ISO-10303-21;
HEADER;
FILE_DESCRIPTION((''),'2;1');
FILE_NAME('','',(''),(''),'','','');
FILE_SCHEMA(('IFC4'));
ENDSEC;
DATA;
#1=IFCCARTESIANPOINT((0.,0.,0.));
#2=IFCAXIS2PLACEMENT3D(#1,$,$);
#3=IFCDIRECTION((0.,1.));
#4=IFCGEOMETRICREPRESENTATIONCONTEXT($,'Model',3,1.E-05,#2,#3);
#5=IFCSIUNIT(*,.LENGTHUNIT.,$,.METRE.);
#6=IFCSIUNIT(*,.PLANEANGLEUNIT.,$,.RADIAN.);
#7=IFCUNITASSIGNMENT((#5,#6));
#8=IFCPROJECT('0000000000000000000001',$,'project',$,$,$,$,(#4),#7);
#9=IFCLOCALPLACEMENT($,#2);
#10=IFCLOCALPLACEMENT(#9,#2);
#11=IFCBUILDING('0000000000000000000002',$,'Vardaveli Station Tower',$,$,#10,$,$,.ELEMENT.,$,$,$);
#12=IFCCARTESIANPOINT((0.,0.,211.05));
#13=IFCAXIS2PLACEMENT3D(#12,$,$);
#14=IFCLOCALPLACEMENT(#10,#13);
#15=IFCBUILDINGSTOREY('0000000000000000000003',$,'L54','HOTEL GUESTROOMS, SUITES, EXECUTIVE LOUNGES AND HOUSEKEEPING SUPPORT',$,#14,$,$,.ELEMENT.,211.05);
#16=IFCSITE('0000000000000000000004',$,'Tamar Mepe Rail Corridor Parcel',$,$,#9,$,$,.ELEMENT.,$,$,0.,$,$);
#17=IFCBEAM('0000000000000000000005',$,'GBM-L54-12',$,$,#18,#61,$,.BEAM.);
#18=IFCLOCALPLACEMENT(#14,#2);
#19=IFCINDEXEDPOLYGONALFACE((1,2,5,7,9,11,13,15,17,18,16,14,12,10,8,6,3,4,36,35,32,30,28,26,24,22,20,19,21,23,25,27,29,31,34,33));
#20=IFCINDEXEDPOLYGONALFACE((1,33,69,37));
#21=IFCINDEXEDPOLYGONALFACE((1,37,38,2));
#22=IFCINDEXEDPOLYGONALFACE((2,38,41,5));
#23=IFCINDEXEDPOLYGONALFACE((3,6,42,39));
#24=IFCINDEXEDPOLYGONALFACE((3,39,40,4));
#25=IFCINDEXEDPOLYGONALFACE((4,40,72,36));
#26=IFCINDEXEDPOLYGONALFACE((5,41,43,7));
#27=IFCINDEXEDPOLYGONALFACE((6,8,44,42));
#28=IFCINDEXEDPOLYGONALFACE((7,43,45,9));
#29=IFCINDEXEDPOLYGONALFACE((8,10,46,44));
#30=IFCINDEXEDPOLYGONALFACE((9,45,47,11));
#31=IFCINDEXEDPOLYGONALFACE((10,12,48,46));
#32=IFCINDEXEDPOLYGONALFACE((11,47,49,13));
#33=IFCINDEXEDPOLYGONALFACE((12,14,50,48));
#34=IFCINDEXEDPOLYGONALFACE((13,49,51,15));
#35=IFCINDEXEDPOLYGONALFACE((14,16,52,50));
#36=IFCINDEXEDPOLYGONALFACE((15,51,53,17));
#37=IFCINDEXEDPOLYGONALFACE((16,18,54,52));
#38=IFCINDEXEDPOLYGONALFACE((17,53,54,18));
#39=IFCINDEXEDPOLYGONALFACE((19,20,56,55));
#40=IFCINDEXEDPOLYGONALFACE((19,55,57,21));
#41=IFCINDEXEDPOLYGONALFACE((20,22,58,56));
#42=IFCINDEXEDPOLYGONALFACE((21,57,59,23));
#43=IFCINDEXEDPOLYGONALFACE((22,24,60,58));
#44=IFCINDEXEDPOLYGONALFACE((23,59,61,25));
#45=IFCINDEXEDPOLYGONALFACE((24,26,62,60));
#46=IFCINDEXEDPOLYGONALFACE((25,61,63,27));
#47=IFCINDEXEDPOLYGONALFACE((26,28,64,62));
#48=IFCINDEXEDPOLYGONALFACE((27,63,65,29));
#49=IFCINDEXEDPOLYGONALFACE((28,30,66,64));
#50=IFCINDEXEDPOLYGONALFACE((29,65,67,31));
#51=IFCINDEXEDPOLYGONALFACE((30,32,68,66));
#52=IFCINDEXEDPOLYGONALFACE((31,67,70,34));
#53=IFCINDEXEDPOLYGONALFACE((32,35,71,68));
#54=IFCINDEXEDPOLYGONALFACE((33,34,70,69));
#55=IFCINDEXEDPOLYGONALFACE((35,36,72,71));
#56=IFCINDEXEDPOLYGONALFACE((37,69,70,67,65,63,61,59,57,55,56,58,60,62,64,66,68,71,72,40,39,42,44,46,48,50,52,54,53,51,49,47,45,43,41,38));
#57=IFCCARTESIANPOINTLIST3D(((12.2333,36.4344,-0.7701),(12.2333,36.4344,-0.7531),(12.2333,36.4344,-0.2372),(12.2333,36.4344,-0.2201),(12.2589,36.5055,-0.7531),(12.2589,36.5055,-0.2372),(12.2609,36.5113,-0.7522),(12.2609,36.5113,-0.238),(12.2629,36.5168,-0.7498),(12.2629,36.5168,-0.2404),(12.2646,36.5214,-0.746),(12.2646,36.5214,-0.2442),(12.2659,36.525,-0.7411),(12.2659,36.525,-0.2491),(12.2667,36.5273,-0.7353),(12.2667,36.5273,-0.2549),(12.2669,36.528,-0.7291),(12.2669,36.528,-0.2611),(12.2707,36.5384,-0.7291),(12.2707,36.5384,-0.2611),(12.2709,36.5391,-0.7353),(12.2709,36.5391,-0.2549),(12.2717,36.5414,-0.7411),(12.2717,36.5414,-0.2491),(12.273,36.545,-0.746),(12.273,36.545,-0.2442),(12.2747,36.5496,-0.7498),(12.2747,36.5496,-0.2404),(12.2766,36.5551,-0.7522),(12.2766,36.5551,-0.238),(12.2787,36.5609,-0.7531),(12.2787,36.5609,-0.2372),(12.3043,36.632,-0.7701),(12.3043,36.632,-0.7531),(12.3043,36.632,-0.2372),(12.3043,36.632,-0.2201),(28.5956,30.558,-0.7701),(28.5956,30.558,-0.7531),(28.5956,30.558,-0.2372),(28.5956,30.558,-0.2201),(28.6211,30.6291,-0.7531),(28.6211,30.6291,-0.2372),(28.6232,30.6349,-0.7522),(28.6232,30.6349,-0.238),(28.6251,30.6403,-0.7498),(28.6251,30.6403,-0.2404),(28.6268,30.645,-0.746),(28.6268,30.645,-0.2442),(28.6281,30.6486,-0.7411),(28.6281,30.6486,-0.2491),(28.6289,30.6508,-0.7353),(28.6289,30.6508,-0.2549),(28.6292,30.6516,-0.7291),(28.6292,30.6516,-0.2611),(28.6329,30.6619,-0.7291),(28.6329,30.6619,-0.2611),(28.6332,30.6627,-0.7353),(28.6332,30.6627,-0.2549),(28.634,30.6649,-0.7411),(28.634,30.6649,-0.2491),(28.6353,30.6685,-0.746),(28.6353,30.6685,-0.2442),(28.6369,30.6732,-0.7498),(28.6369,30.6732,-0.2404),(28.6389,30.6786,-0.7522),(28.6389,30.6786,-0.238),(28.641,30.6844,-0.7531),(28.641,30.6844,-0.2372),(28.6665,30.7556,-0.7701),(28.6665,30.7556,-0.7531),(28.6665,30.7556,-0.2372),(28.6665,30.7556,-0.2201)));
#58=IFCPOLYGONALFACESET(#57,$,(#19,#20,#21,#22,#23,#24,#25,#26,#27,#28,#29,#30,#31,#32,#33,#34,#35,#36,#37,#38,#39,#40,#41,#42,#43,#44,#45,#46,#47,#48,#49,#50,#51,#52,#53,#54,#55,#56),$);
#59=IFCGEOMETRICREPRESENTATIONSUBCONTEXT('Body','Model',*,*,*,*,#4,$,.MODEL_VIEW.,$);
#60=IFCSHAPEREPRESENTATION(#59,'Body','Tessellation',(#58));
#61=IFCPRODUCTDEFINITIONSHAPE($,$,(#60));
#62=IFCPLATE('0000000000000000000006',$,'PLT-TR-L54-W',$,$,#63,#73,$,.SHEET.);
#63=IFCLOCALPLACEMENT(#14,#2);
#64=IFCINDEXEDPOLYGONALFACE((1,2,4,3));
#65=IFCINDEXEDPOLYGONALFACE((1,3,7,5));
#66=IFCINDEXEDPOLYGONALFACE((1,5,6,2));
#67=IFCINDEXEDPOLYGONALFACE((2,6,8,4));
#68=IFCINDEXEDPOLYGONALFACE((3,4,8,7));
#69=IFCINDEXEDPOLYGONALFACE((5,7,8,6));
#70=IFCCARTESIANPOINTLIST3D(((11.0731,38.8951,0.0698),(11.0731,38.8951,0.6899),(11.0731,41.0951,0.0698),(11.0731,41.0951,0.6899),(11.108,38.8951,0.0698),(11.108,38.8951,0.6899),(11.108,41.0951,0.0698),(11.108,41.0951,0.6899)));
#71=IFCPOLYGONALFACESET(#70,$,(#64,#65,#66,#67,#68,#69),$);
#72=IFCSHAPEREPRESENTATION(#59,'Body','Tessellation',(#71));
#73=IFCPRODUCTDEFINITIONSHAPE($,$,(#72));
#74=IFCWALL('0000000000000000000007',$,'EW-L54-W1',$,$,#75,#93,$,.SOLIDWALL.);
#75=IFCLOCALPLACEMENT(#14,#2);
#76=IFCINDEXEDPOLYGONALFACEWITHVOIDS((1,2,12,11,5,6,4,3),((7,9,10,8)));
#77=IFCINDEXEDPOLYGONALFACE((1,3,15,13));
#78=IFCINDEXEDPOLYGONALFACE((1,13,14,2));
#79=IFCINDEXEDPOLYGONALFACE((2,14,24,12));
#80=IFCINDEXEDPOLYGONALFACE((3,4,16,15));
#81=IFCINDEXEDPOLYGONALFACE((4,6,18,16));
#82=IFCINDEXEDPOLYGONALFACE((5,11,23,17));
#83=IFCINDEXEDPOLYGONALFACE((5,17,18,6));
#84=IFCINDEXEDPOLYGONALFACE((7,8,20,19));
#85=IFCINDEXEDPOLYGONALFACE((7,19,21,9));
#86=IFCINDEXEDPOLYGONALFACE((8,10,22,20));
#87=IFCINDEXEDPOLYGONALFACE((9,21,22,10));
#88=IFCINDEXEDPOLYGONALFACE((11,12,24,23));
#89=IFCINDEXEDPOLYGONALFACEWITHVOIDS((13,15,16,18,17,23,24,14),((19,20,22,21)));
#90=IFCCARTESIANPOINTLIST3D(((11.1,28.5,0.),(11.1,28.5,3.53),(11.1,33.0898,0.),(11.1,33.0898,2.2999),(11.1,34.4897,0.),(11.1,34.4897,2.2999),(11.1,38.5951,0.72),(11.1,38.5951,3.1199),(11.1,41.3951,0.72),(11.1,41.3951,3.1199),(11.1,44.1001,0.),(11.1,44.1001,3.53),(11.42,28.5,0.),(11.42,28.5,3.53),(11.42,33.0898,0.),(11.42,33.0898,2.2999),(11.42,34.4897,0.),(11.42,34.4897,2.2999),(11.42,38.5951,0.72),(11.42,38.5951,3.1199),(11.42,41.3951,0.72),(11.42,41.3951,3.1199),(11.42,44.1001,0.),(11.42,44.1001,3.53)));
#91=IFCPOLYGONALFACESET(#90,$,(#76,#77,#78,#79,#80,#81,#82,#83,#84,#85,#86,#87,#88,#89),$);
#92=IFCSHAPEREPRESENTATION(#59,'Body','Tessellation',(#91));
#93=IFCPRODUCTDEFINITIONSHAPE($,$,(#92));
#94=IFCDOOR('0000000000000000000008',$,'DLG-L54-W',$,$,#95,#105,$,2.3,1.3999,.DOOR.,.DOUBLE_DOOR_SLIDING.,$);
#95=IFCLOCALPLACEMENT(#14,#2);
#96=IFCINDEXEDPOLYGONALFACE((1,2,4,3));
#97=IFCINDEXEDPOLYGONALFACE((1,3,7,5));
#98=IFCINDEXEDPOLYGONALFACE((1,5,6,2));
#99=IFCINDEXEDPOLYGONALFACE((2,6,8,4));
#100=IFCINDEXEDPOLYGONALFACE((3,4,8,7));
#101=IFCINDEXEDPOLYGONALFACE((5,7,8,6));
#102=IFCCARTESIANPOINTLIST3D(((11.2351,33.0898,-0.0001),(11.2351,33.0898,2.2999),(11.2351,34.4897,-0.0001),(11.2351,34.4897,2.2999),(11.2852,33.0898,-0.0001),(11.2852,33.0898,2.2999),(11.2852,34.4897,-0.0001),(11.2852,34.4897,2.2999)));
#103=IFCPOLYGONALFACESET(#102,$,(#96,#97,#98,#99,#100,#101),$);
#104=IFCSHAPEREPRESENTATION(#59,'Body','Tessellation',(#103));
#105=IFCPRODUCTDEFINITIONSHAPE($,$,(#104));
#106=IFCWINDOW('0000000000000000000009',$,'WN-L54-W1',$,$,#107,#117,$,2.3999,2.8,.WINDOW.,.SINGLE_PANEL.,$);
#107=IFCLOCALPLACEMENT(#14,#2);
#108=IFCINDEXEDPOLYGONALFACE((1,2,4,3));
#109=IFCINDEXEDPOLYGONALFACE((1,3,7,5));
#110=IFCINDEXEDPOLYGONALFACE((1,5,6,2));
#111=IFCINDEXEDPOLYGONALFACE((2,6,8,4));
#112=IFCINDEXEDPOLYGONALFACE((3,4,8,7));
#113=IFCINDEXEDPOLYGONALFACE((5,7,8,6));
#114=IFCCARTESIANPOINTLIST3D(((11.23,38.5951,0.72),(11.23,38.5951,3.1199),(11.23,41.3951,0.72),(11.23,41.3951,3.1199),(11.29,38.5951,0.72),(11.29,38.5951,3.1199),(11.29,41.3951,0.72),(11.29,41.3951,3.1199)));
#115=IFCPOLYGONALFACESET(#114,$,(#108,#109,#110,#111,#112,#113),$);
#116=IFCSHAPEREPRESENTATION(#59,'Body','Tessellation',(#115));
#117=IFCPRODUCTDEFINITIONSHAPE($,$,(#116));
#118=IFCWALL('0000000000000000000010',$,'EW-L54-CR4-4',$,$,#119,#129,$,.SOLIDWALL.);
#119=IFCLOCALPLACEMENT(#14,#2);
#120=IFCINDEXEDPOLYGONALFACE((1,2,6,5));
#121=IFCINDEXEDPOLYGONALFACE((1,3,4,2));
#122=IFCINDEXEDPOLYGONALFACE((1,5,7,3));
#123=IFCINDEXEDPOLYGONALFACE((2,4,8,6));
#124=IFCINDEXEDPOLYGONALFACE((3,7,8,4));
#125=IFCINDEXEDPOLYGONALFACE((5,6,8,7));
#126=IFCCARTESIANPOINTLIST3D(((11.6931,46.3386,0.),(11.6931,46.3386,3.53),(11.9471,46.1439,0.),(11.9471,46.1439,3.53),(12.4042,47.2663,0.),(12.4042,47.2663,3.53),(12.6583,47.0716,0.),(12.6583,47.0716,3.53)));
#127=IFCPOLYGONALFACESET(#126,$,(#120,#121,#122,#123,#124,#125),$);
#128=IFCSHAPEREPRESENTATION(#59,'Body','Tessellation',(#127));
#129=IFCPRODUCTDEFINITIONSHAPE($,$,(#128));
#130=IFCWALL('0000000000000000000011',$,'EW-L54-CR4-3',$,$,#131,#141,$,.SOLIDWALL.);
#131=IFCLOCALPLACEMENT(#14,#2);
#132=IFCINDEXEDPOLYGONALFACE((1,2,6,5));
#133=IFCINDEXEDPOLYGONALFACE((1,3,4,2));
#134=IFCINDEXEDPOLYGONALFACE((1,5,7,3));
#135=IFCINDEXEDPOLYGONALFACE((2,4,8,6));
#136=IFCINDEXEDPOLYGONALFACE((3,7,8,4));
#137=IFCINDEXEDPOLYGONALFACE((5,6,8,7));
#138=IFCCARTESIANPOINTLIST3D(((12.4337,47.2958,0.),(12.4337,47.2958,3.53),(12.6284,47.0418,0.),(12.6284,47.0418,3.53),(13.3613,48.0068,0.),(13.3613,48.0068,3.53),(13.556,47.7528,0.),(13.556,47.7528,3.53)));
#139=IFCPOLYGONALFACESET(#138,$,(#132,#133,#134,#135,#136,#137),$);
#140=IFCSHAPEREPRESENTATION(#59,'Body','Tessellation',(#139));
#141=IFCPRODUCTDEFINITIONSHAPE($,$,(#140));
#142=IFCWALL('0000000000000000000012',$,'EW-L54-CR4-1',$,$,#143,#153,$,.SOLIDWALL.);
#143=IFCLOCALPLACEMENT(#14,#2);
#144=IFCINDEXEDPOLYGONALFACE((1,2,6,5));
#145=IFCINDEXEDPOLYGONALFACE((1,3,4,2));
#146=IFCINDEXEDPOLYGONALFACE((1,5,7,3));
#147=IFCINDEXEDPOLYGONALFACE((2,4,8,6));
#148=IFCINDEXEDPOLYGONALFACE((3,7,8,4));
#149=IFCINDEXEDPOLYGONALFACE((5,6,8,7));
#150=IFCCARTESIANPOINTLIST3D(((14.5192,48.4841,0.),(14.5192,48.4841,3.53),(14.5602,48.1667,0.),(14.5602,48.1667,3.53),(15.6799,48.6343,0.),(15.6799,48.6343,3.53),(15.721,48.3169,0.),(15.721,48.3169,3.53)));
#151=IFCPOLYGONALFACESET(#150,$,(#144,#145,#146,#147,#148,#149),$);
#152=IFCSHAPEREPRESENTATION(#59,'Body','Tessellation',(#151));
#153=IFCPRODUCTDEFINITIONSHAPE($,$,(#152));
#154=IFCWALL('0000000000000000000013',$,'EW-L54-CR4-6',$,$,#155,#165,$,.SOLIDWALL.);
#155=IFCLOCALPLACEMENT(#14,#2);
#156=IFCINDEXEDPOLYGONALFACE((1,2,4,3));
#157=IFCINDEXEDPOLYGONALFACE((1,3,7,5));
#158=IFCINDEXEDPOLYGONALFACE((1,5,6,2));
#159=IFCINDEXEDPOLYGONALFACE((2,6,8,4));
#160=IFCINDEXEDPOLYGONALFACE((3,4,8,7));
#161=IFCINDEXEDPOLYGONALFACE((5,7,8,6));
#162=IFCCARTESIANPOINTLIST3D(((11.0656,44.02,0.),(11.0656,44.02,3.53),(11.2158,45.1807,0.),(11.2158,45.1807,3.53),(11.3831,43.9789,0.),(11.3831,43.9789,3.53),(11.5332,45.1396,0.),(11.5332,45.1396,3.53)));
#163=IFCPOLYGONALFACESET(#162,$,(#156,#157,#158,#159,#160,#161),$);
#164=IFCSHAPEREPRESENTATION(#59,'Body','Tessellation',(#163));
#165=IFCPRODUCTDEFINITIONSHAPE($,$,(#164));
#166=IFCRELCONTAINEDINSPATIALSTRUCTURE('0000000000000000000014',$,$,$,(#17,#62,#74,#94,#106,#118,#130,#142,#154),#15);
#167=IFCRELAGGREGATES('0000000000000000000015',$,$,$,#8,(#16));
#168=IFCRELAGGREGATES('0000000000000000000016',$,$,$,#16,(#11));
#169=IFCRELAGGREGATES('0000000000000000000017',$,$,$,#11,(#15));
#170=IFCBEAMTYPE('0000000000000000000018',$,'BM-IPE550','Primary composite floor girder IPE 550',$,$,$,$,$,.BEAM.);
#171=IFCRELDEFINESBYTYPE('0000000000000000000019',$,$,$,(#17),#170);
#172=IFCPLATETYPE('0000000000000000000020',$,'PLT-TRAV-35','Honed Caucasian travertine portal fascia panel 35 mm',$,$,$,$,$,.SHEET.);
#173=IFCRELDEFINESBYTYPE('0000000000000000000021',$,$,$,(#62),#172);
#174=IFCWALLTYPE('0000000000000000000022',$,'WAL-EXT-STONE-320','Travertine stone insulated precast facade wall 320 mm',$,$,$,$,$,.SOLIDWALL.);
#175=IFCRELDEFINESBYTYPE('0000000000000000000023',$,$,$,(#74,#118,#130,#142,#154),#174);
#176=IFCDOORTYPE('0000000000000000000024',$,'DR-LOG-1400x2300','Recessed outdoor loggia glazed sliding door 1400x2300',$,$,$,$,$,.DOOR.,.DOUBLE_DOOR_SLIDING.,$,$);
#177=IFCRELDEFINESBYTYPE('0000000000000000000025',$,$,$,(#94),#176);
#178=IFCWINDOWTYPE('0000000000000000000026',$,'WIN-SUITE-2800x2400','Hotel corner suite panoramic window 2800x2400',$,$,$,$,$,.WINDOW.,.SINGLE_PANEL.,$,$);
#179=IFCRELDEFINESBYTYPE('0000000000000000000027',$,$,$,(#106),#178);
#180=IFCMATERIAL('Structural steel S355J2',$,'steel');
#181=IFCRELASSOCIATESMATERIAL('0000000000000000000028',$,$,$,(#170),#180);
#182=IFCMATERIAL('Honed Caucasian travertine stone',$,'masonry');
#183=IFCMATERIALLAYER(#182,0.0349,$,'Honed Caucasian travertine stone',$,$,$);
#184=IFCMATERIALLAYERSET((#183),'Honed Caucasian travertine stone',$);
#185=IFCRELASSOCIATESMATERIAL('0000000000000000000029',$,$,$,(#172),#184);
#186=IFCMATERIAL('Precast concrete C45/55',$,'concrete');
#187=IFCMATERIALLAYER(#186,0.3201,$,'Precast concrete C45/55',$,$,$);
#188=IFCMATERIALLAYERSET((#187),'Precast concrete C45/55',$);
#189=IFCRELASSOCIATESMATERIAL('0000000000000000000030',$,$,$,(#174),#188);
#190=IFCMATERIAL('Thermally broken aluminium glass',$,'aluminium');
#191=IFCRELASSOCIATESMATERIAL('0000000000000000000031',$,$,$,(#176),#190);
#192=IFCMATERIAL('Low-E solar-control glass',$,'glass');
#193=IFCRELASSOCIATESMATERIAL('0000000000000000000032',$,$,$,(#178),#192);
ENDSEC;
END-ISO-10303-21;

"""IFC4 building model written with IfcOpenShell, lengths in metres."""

from ifc_helpers import new_model, si_unit, direction, frame, frame_2d, origin, origin_2d, place, context, subcontext, project, spatial, rectangle, i_section, extrude, source, transform, mapped, material, layer, layer_set, material_profile, profile_set, type_object, element, fill, save


model = new_model("IFC4")

# Units and contexts
model_context = context("Model", 3, precision=1e-05, world=origin(), true_north=direction((0.0, 1.0)))
body_context = subcontext(model_context, "Body", "Model", "MODEL_VIEW")
ifc_project = project(units=[si_unit("LENGTHUNIT", "METRE"), si_unit("PLANEANGLEUNIT", "RADIAN")], contexts=[model_context])

# Site, building, storey
site_placement = place(None, origin())
site = spatial("IfcSite", under=ifc_project, at=site_placement, Name="Tamar Mepe Rail Corridor Parcel", CompositionType="ELEMENT", RefElevation=0.0)
building_placement = place(site_placement, origin())
building = spatial("IfcBuilding", under=site, at=building_placement, Name="Vardaveli Station Tower", CompositionType="ELEMENT")
storey_placement = place(building_placement, frame((0.0, 0.0, 211.05)))
storey = spatial("IfcBuildingStorey", under=building, at=storey_placement, Name="L54", Description="HOTEL GUESTROOMS, SUITES, EXECUTIVE LOUNGES AND HOUSEKEEPING SUPPORT", CompositionType="ELEMENT", Elevation=211.05)

# Beam
ifc_material_1 = material(Name="Precast concrete C45/55", Category="concrete")
ifc_material_2 = material(Name="Structural steel S355J2", Category="steel")
ifc_material_profile_1 = material_profile(ifc_material_2, i_section(OverallWidth=0.21, OverallDepth=0.55, WebThickness=0.011, FlangeThickness=0.0171, FilletRadius=0.0239, at=origin_2d()), Name="IPE 550")
ifc_profile_set_1 = profile_set([ifc_material_profile_1], Name="Structural steel S355J2")
beam_type_1 = type_object("IfcBeamType", Name="BM-IPE550", Description="Primary composite floor girder IPE 550", PredefinedType="BEAM", material=ifc_profile_set_1)
shared_shape_1 = source(origin(), body_context, "Body", "SweptSolid", [
    extrude(i_section(OverallWidth=0.21, OverallDepth=0.55, WebThickness=0.011, FlangeThickness=0.0171, FilletRadius=0.0239, at=origin_2d()), origin(), (0.0, 0.0, 1.0), 17.3855),
])
beam_1_placement = place(storey_placement, frame((12.2688, 36.5332, -0.4951), z_axis=(0.941143, -0.338008, 0.0), x_axis=(0.338008, 0.941143, 0.0)))
element("IfcBeam", 1, at=beam_1_placement, inside=storey, type_object=beam_type_1, Name="GBM-L54-12", PredefinedType="BEAM", context=body_context, shape_type="MappedRepresentation", body=[
    mapped(shared_shape_1, transform((0.0, 0.0, 0.0), scale=1.0)),
])

# Plate
ifc_material_3 = material(Name="Honed Caucasian travertine stone", Category="masonry")
ifc_layer_1 = layer(ifc_material_3, 0.0349, Name="Honed Caucasian travertine stone")
ifc_layer_set_1 = layer_set([ifc_layer_1], Name="Honed Caucasian travertine stone")
plate_type = type_object("IfcPlateType", Name="PLT-TRAV-35", Description="Honed Caucasian travertine portal fascia panel 35 mm", PredefinedType="SHEET", material=ifc_layer_set_1)
shared_shape_2 = source(origin(), body_context, "Body", "SweptSolid", [
    extrude(rectangle(XDim=2.2, YDim=0.0349, at=origin_2d()), origin(), (0.0, 0.0, 1.0), 0.6201),
])
plate_placement = place(storey_placement, frame((11.0906, 39.9951, 0.0698), z_axis=(0.0, 0.0, 1.0), x_axis=(0.0, 1.0, 0.0)))
element("IfcPlate", 2, at=plate_placement, inside=storey, type_object=plate_type, Name="PLT-TR-L54-W", PredefinedType="SHEET", context=body_context, shape_type="MappedRepresentation", body=[
    mapped(shared_shape_2, transform((0.0, 0.0, 0.0), scale=1.0)),
])

# Wall, openings, door, window
ifc_layer_2 = layer(ifc_material_1, 0.3201, Name="Precast concrete C45/55")
ifc_layer_set_2 = layer_set([ifc_layer_2], Name="Precast concrete C45/55")
wall_type_1 = type_object("IfcWallType", Name="WAL-EXT-STONE-320", Description="Travertine stone insulated precast facade wall 320 mm", PredefinedType="SOLIDWALL", material=ifc_layer_set_2)
shared_shape_3 = source(origin(), body_context, "Body", "SweptSolid", [
    extrude(rectangle(XDim=15.6001, YDim=0.3201, at=frame_2d((7.8, 0.0))), origin(), (0.0, 0.0, 1.0), 3.53),
])
wall_1_placement = place(storey_placement, frame((11.26, 44.1001, 0.0), z_axis=(0.0, 0.0, 1.0), x_axis=(0.0, -1.0, 0.0)))
wall_1 = element("IfcWall", 3, at=wall_1_placement, inside=storey, type_object=wall_type_1, Name="EW-L54-W1", PredefinedType="SOLIDWALL", context=body_context, shape_type="MappedRepresentation", body=[
    mapped(shared_shape_3, transform((0.0, 0.0, 0.0), scale=1.0)),
])
shared_shape_4 = source(origin(), body_context, "Body", "SweptSolid", [
    extrude(rectangle(XDim=1.3999, YDim=2.3, at=frame_2d((0.7, 1.1499))), frame((0.0, 0.1699, 0.0), z_axis=(0.0, -1.0, 0.0), x_axis=(1.0, 0.0, 0.0)), (0.0, 0.0, 1.0), 0.3401),
])
opening_1_placement = place(wall_1_placement, frame((9.6104, 0.0, 0.0)))
opening_1 = element("IfcOpeningElement", 4, at=opening_1_placement, cuts=wall_1, PredefinedType="OPENING", context=body_context, shape_type="MappedRepresentation", body=[
    mapped(shared_shape_4, transform((0.0, 0.0, 0.0), scale=1.0)),
])
shared_shape_5 = source(origin(), body_context, "Body", "SweptSolid", [
    extrude(rectangle(XDim=2.8, YDim=2.3999, at=frame_2d((1.3999, 1.2))), frame((0.0, 0.1699, 0.0), z_axis=(0.0, -1.0, 0.0), x_axis=(1.0, 0.0, 0.0)), (0.0, 0.0, 1.0), 0.3401),
])
opening_2_placement = place(wall_1_placement, frame((2.7051, 0.0, 0.72)))
opening_2 = element("IfcOpeningElement", 5, at=opening_2_placement, cuts=wall_1, PredefinedType="OPENING", context=body_context, shape_type="MappedRepresentation", body=[
    mapped(shared_shape_5, transform((0.0, 0.0, 0.0), scale=1.0)),
])
ifc_material_4 = material(Name="Thermally broken aluminium glass", Category="aluminium")
door_type_1 = type_object("IfcDoorType", Name="DR-LOG-1400x2300", Description="Recessed outdoor loggia glazed sliding door 1400x2300", OperationType="DOUBLE_DOOR_SLIDING", PredefinedType="DOOR", material=ifc_material_4)
shared_shape_6 = source(origin(), body_context, "Body", "SweptSolid", [
    extrude(rectangle(XDim=1.3999, YDim=2.3, at=frame_2d((0.7, 1.1499))), frame((0.0, 0.0249, 0.0), z_axis=(0.0, -1.0, 0.0), x_axis=(1.0, 0.0, 0.0)), (0.0, 0.0, 1.0), 0.05),
])
door_1_placement = place(opening_1_placement, frame((1.3999, 0.0, 0.0), z_axis=(0.0, 0.0, 1.0), x_axis=(-1.0, 0.0, 0.0)))
door_1 = element("IfcDoor", 6, at=door_1_placement, inside=storey, type_object=door_type_1, Name="DLG-L54-W", OperationType="DOUBLE_DOOR_SLIDING", OverallHeight=2.3, OverallWidth=1.3999, PredefinedType="DOOR", context=body_context, shape_type="MappedRepresentation", body=[
    mapped(shared_shape_6, transform((0.0, 0.0, 0.0), scale=1.0)),
])
fill(opening_1, door_1)
ifc_material_5 = material(Name="Low-E solar-control glass", Category="glass")
window_type = type_object("IfcWindowType", Name="WIN-SUITE-2800x2400", Description="Hotel corner suite panoramic window 2800x2400", PartitioningType="SINGLE_PANEL", PredefinedType="WINDOW", material=ifc_material_5)
shared_shape_7 = source(origin(), body_context, "Body", "SweptSolid", [
    extrude(rectangle(XDim=2.8, YDim=2.3999, at=frame_2d((1.3999, 1.2))), frame((0.0, 0.03, 0.0), z_axis=(0.0, -1.0, 0.0), x_axis=(1.0, 0.0, 0.0)), (0.0, 0.0, 1.0), 0.0601),
])
window_placement = place(opening_2_placement, origin())
window = element("IfcWindow", 7, at=window_placement, inside=storey, type_object=window_type, Name="WN-L54-W1", OverallHeight=2.3999, OverallWidth=2.8, PartitioningType="SINGLE_PANEL", PredefinedType="WINDOW", context=body_context, shape_type="MappedRepresentation", body=[
    mapped(shared_shape_7, transform((0.0, 0.0, 0.0), scale=1.0)),
])
fill(opening_2, window)

# Walls
shared_shape_8 = source(origin(), body_context, "Body", "SweptSolid", [
    extrude(rectangle(XDim=1.1689, YDim=0.3201, at=frame_2d((0.5845, 0.0))), origin(), (0.0, 0.0, 1.0), 3.53),
])
wall_2_placement = place(storey_placement, frame((12.5312, 47.1689, 0.0), z_axis=(0.0, 0.0, 1.0), x_axis=(-0.608388, -0.79364, 0.0)))
element("IfcWall", 8, at=wall_2_placement, inside=storey, type_object=wall_type_1, Name="EW-L54-CR4-4", PredefinedType="SOLIDWALL", context=body_context, shape_type="MappedRepresentation", body=[
    mapped(shared_shape_8, transform((0.0, 0.0, 0.0), scale=1.0)),
])
shared_shape_9 = source(origin(), body_context, "Body", "SweptSolid", [
    extrude(rectangle(XDim=1.1687, YDim=0.3201, at=frame_2d((0.5845, 0.0))), origin(), (0.0, 0.0, 1.0), 3.53),
])
wall_3_placement = place(storey_placement, frame((13.4587, 47.8799, 0.0), z_axis=(0.0, 0.0, 1.0), x_axis=(-0.793664, -0.608357, 0.0)))
element("IfcWall", 9, at=wall_3_placement, inside=storey, type_object=wall_type_1, Name="EW-L54-CR4-3", PredefinedType="SOLIDWALL", context=body_context, shape_type="MappedRepresentation", body=[
    mapped(shared_shape_9, transform((0.0, 0.0, 0.0), scale=1.0)),
])
shared_shape_10 = source(origin(), body_context, "Body", "SweptSolid", [
    extrude(rectangle(XDim=1.1704, YDim=0.3201, at=frame_2d((0.5852, 0.0))), origin(), (0.0, 0.0, 1.0), 3.53),
])
for number, where, z_axis, x_axis, name in (
    (10, (15.7004, 48.4756, 0.0), (0.0, 0.0, 1.0), (-0.991736, -0.128296, 0.0), "EW-L54-CR4-1"),
    (11, (11.3745, 45.1602, 0.0), (0.0, 0.0, 1.0), (-0.128296, -0.991736, 0.0), "EW-L54-CR4-6"),
):
    element("IfcWall", number, at=place(storey_placement, frame(where, z_axis=z_axis, x_axis=x_axis)), inside=storey, type_object=wall_type_1, Name=name, PredefinedType="SOLIDWALL", context=body_context, shape_type="MappedRepresentation", body=[
        mapped(shared_shape_10, transform((0.0, 0.0, 0.0), scale=1.0)),
    ])

save(model, "model.ifc")
